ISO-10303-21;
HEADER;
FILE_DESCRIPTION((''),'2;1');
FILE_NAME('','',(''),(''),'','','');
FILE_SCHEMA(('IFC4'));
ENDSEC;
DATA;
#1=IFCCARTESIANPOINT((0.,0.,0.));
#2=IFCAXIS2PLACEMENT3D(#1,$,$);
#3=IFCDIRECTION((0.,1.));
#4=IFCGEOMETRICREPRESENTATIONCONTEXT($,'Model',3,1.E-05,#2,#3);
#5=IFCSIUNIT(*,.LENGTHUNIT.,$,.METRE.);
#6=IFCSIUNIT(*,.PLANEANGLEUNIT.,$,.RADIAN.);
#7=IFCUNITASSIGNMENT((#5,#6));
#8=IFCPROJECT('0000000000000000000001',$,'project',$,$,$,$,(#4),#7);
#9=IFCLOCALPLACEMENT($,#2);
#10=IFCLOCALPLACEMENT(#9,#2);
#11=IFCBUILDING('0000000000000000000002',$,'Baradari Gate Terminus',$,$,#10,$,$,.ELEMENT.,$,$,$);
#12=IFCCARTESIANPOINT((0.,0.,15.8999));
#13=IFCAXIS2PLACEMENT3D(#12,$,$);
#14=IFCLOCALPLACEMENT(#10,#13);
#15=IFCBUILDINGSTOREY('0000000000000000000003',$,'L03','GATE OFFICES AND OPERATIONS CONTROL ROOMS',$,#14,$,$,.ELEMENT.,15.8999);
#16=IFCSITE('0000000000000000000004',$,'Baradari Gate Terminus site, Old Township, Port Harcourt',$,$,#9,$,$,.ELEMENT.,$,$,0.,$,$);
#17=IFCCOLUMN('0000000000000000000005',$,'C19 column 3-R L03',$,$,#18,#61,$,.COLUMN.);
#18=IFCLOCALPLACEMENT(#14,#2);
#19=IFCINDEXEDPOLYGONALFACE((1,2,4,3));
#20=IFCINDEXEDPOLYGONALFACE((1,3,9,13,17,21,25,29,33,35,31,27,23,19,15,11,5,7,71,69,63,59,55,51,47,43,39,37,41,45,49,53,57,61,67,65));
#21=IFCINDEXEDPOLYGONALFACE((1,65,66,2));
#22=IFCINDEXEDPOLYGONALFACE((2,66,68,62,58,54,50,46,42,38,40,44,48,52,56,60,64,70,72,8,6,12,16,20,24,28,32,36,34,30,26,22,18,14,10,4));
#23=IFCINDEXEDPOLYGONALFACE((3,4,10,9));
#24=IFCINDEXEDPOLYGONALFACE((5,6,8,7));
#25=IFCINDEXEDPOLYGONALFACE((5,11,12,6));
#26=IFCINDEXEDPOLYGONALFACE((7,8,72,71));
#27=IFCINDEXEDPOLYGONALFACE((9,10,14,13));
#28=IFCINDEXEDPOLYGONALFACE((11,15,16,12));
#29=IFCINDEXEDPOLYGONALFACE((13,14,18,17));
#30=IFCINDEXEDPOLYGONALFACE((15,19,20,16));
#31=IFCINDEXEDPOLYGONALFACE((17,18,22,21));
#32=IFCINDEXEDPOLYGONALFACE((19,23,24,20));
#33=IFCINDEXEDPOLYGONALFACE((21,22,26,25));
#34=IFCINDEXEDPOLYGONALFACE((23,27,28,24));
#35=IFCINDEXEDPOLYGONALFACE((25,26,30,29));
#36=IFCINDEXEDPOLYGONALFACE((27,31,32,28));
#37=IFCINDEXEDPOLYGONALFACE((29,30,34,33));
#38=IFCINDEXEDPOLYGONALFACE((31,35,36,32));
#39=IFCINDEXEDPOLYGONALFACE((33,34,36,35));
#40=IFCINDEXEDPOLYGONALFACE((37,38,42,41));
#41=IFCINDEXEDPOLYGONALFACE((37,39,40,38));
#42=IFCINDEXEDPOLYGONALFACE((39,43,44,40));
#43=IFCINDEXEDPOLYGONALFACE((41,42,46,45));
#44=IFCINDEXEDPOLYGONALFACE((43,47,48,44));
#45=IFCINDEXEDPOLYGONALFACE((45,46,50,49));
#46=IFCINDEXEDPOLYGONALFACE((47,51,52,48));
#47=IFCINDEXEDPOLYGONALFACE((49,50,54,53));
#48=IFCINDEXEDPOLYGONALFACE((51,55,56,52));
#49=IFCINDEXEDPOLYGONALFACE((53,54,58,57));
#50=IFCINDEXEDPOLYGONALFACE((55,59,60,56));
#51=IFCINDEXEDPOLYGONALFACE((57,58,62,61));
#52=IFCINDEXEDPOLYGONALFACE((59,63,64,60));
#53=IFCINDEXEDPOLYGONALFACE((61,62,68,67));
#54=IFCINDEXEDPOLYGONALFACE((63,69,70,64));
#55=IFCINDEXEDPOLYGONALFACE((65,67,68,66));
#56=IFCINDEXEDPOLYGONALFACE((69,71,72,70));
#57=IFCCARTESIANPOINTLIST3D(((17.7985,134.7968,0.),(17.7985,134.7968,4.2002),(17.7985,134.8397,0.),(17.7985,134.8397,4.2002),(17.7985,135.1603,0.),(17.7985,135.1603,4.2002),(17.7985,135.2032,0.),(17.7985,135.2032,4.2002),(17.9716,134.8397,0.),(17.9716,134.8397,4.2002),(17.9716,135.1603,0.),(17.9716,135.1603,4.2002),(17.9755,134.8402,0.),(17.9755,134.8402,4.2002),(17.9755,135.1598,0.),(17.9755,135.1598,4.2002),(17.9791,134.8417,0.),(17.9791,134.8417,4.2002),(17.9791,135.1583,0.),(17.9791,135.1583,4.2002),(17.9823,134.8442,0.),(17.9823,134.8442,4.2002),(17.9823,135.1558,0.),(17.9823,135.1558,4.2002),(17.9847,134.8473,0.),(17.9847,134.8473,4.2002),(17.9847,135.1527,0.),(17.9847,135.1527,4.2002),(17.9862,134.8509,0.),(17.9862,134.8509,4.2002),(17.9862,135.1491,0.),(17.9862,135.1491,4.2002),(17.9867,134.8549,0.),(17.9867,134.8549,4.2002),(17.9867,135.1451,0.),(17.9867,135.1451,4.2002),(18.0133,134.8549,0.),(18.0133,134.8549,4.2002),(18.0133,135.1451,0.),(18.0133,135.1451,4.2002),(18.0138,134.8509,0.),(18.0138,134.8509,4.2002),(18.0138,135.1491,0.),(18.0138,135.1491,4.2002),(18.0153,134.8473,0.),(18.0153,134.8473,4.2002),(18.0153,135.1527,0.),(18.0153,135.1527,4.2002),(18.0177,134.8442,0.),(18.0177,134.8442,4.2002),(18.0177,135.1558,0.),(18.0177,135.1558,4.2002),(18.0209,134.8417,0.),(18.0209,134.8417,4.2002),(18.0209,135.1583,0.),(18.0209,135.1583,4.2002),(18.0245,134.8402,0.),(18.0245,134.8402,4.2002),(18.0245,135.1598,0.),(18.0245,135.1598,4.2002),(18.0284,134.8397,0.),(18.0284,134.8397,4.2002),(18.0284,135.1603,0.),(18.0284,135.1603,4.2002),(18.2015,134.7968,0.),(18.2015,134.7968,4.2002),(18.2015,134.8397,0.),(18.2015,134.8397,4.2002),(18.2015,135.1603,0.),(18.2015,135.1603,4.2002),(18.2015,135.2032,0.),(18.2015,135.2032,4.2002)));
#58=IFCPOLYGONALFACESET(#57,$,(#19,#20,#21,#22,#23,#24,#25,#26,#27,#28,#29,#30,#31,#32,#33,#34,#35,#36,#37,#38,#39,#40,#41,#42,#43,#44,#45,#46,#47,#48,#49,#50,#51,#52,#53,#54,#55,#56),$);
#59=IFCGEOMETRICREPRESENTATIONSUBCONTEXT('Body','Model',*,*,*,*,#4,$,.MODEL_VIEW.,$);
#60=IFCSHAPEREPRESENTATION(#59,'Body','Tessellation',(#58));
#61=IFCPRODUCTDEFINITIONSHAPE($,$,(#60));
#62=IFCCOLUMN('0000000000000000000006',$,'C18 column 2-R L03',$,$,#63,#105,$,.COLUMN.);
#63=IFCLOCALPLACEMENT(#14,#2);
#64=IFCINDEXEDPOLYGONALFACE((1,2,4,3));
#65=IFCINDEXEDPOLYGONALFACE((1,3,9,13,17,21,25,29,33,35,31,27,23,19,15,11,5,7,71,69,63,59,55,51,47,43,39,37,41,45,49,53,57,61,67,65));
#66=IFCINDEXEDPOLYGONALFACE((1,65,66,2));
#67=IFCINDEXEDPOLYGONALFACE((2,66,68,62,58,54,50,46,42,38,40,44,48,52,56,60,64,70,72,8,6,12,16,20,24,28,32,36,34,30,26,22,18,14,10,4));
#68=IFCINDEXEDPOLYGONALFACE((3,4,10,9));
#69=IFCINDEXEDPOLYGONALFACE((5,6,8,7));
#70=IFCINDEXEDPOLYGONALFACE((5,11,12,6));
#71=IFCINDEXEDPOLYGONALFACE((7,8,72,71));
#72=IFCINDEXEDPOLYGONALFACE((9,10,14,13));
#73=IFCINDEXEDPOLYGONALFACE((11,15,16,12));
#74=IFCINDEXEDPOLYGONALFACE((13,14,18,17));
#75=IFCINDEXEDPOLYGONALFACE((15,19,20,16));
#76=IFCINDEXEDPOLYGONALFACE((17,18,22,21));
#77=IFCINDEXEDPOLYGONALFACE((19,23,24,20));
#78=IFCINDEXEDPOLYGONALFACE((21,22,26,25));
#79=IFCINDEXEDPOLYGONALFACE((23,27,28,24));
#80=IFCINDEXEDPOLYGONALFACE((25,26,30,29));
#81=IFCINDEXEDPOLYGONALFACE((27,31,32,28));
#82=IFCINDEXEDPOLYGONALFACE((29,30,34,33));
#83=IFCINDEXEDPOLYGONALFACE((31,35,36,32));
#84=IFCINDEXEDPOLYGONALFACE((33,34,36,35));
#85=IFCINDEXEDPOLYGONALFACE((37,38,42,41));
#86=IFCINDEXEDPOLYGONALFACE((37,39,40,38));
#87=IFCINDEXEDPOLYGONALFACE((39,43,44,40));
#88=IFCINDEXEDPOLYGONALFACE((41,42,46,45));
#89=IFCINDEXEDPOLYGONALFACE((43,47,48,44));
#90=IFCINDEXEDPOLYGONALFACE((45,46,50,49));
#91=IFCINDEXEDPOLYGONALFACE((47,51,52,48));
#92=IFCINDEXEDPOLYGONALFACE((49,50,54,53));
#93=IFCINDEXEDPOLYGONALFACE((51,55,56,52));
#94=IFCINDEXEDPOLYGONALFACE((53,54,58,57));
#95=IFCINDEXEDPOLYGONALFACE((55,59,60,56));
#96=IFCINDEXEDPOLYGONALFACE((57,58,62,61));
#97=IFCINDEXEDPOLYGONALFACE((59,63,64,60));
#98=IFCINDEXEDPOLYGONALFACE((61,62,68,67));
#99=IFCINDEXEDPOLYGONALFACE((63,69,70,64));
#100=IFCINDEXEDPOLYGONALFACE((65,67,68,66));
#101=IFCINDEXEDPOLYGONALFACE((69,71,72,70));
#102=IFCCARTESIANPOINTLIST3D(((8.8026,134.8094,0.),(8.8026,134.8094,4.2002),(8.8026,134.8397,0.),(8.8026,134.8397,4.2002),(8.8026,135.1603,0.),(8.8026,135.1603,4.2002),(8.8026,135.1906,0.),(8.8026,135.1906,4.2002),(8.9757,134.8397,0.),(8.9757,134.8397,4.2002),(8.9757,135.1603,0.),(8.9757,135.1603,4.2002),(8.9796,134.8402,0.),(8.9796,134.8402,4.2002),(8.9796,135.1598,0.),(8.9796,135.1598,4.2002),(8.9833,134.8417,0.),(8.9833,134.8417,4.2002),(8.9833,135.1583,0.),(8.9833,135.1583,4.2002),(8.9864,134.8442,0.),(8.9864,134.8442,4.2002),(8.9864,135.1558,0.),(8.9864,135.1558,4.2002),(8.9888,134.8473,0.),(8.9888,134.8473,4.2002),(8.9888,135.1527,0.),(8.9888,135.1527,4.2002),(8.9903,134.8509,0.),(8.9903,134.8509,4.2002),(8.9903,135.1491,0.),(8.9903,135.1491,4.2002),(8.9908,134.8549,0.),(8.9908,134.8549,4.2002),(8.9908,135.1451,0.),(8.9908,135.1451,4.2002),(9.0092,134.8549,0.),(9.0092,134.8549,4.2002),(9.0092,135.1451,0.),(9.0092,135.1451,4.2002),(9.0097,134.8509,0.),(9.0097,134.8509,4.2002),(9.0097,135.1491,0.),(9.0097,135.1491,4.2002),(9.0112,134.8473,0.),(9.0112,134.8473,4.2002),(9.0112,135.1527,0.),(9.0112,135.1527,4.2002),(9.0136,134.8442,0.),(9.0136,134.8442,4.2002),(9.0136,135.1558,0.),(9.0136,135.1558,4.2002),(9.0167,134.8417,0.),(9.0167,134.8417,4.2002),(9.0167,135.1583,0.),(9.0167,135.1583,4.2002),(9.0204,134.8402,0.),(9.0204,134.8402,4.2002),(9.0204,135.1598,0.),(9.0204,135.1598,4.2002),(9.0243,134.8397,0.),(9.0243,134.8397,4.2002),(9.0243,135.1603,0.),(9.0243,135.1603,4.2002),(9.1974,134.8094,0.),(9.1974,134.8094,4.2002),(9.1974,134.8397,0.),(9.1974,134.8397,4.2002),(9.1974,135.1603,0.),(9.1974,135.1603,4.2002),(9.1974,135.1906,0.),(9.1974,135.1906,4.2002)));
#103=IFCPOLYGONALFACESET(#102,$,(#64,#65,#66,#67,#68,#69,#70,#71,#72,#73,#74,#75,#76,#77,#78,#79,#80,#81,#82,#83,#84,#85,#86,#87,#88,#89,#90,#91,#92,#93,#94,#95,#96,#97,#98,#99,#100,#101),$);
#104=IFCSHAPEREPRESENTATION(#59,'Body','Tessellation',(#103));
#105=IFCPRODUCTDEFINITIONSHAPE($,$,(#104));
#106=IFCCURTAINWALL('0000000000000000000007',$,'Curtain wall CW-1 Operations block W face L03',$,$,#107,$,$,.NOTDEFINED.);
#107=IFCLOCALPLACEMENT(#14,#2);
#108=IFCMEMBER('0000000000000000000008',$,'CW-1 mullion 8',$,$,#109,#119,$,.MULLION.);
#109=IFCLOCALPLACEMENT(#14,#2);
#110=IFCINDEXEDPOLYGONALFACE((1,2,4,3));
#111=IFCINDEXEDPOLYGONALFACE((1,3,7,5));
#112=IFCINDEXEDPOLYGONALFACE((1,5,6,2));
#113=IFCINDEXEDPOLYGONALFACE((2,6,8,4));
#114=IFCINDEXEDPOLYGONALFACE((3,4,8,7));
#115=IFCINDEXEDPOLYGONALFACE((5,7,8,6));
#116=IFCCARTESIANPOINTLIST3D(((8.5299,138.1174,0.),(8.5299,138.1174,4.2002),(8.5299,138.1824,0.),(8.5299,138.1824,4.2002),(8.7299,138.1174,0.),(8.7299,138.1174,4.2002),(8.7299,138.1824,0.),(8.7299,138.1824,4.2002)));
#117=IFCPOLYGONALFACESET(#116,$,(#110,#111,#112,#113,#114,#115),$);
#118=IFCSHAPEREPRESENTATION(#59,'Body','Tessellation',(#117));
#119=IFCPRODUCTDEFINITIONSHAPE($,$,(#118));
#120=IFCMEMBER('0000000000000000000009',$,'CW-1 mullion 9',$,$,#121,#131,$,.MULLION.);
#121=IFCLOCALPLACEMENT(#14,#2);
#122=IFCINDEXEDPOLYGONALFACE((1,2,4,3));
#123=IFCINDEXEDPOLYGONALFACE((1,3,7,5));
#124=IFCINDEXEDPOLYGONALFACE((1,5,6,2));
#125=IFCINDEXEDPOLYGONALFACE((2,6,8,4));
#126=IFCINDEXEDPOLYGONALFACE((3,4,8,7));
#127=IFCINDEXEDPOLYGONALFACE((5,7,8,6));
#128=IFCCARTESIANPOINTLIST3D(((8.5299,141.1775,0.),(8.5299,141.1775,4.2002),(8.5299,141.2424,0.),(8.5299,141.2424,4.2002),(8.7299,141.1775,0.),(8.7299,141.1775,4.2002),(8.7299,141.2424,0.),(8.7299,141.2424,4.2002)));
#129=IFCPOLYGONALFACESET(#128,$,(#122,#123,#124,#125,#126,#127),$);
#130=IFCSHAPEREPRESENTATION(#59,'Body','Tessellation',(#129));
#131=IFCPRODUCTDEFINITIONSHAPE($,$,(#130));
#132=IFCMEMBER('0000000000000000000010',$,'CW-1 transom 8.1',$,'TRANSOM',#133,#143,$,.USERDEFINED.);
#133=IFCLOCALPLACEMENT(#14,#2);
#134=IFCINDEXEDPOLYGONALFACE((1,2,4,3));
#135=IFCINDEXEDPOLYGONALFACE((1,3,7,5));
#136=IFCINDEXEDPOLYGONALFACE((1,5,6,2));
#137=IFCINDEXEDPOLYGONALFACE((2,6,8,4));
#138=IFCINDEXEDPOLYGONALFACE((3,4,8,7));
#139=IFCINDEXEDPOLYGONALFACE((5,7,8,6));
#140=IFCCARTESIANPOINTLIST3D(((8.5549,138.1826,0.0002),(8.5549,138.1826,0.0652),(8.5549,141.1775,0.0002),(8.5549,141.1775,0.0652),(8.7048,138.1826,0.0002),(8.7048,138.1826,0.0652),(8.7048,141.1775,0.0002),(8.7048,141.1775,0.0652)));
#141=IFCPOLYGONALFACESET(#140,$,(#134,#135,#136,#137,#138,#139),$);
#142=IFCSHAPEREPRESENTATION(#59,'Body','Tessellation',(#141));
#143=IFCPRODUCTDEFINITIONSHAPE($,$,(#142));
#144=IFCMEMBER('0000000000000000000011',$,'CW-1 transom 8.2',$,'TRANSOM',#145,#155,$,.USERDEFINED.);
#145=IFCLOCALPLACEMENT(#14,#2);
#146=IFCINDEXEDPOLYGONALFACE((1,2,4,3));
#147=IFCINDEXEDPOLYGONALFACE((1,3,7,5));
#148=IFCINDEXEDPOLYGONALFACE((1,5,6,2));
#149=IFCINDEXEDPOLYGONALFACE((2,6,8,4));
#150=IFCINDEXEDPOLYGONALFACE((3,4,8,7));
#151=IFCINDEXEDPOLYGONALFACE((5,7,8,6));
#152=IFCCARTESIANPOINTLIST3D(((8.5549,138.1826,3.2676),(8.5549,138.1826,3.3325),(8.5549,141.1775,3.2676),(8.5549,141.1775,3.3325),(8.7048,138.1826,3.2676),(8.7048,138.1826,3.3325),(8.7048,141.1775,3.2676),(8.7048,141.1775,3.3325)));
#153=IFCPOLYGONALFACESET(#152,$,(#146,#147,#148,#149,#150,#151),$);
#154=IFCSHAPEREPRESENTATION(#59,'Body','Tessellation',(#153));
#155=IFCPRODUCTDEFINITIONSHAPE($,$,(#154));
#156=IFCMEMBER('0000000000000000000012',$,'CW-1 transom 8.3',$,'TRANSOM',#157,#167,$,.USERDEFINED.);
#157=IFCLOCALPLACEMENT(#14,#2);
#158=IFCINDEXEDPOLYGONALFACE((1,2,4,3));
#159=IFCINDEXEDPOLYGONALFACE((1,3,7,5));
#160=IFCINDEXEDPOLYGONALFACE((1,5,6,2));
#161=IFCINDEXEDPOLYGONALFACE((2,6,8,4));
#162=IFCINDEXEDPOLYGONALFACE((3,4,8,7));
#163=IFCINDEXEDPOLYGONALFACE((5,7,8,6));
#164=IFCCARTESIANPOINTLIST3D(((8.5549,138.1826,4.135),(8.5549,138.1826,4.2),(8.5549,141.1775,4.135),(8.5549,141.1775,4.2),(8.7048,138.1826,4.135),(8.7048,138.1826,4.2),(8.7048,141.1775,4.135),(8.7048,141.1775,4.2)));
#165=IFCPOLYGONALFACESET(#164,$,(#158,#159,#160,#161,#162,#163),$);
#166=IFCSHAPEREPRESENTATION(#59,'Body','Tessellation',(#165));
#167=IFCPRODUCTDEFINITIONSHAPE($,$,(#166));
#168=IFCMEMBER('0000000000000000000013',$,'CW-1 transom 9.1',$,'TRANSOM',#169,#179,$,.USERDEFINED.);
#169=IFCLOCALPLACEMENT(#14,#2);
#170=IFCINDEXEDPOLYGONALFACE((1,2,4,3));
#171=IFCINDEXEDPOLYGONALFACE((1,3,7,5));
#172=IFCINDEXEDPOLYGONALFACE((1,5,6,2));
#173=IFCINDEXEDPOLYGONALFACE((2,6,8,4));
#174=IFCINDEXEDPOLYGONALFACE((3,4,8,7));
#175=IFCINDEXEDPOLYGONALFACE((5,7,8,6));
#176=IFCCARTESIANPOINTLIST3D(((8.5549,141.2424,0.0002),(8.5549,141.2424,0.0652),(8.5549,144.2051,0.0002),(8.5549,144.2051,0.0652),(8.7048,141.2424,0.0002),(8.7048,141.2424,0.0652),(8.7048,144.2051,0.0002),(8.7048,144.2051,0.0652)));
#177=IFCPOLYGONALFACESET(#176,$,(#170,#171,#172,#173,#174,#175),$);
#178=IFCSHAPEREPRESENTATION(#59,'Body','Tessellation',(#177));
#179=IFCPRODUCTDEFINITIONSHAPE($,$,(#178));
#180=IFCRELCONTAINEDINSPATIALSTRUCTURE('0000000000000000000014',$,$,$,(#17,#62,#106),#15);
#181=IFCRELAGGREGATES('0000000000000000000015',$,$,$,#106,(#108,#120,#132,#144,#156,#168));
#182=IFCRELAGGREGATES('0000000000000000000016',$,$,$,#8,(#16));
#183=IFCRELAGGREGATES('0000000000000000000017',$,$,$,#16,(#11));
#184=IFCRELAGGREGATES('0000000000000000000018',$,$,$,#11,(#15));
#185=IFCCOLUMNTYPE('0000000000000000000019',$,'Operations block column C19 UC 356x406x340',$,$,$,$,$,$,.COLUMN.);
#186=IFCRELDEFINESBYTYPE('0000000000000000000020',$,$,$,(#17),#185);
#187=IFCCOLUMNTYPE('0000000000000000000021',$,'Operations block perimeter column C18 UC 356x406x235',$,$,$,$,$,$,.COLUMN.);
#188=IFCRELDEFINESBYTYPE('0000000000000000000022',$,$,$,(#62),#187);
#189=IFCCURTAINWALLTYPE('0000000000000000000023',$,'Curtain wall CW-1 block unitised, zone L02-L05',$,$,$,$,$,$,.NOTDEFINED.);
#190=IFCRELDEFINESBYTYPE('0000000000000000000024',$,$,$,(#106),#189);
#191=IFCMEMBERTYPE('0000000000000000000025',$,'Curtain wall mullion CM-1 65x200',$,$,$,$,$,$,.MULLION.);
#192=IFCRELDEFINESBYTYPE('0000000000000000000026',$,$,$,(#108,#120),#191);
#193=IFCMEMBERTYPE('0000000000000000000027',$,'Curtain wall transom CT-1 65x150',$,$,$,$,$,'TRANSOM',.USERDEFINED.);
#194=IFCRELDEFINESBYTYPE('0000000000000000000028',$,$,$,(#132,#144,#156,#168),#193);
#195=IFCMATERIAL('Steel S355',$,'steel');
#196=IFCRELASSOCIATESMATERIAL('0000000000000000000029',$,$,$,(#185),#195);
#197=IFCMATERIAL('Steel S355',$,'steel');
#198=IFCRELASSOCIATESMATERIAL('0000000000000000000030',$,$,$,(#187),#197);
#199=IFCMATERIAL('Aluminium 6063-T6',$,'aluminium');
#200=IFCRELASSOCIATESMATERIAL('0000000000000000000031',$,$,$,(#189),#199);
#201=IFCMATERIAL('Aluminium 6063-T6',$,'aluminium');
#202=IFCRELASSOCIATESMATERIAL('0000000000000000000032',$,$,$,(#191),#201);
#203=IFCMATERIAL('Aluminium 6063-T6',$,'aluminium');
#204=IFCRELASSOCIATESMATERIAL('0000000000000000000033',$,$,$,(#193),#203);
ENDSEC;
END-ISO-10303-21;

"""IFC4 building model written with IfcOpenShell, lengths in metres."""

from ifc_helpers import new_model, si_unit, direction, frame, origin, origin_2d, place, context, subcontext, project, spatial, rectangle, i_section, extrude, material, material_profile, profile_set, type_object, element, aggregate, save


model = new_model("IFC4")

# Units and contexts
model_context = context("Model", 3, precision=1e-05, world=origin(), true_north=direction((0.0, 1.0)))
body_context = subcontext(model_context, "Body", "Model", "MODEL_VIEW")
ifc_project = project(units=[si_unit("LENGTHUNIT", "METRE"), si_unit("PLANEANGLEUNIT", "RADIAN")], contexts=[model_context])

# Site, building, storey
site_placement = place(None, origin())
site = spatial("IfcSite", under=ifc_project, at=site_placement, Name="Baradari Gate Terminus site, Old Township, Port Harcourt", CompositionType="ELEMENT", RefElevation=0.0)
building_placement = place(site_placement, origin())
building = spatial("IfcBuilding", under=site, at=building_placement, Name="Baradari Gate Terminus", CompositionType="ELEMENT")
storey_placement = place(building_placement, frame((0.0, 0.0, 15.8999)))
storey = spatial("IfcBuildingStorey", under=building, at=storey_placement, Name="L03", Description="GATE OFFICES AND OPERATIONS CONTROL ROOMS", CompositionType="ELEMENT", Elevation=15.8999)

# Columns
ifc_material_1 = material(Name="Steel S355", Category="steel")
ifc_material_profile_1 = material_profile(ifc_material_1, i_section(OverallWidth=0.4031, OverallDepth=0.4065, WebThickness=0.0266, FlangeThickness=0.043, FilletRadius=0.0151, at=origin_2d()), Name="UC 356x406x340")
ifc_profile_set_1 = profile_set([ifc_material_profile_1], Name="Steel S355")
column_type_1 = type_object("IfcColumnType", Name="Operations block column C19 UC 356x406x340", PredefinedType="COLUMN", material=ifc_profile_set_1)
column_1_placement = place(storey_placement, frame((18.0, 135.0, 0.0), z_axis=(0.0, 0.0, 1.0), x_axis=(1.0, 0.0, 0.0)))
element("IfcColumn", 1, at=column_1_placement, inside=storey, type_object=column_type_1, Name="C19 column 3-R L03", PredefinedType="COLUMN", context=body_context, shape_type="SweptSolid", body=[
    extrude(i_section(OverallWidth=0.4031, OverallDepth=0.4065, WebThickness=0.0266, FlangeThickness=0.043, FilletRadius=0.0151, at=origin_2d()), origin(), (0.0, 0.0, 1.0), 4.2002),
])
ifc_material_2 = material(Name="Steel S355", Category="steel")
ifc_material_profile_2 = material_profile(ifc_material_2, i_section(OverallWidth=0.3948, OverallDepth=0.3811, WebThickness=0.0183, FlangeThickness=0.0303, FilletRadius=0.0151, at=origin_2d()), Name="UC 356x406x235")
ifc_profile_set_2 = profile_set([ifc_material_profile_2], Name="Steel S355")
column_type_2 = type_object("IfcColumnType", Name="Operations block perimeter column C18 UC 356x406x235", PredefinedType="COLUMN", material=ifc_profile_set_2)
column_2_placement = place(storey_placement, frame((9.0, 135.0, 0.0), z_axis=(0.0, 0.0, 1.0), x_axis=(1.0, 0.0, 0.0)))
element("IfcColumn", 2, at=column_2_placement, inside=storey, type_object=column_type_2, Name="C18 column 2-R L03", PredefinedType="COLUMN", context=body_context, shape_type="SweptSolid", body=[
    extrude(i_section(OverallWidth=0.3948, OverallDepth=0.3811, WebThickness=0.0183, FlangeThickness=0.0303, FilletRadius=0.0151, at=origin_2d()), origin(), (0.0, 0.0, 1.0), 4.2002),
])

# Curtain wall, members
ifc_material_3 = material(Name="Aluminium 6063-T6", Category="aluminium")
curtain_wall_type = type_object("IfcCurtainWallType", Name="Curtain wall CW-1 block unitised, zone L02-L05", PredefinedType="NOTDEFINED", material=ifc_material_3)
curtain_wall_placement = place(storey_placement, origin())
curtain_wall = element("IfcCurtainWall", 3, at=curtain_wall_placement, inside=storey, type_object=curtain_wall_type, Name="Curtain wall CW-1 Operations block W face L03", PredefinedType="NOTDEFINED")
ifc_material_4 = material(Name="Aluminium 6063-T6", Category="aluminium")
ifc_material_profile_3 = material_profile(ifc_material_4, rectangle(XDim=0.2, YDim=0.0649, at=origin_2d()), Name="CM-1 65X200")
ifc_profile_set_3 = profile_set([ifc_material_profile_3], Name="Aluminium 6063-T6")
member_type_1 = type_object("IfcMemberType", Name="Curtain wall mullion CM-1 65x200", PredefinedType="MULLION", material=ifc_profile_set_3)
member_1_placement = place(storey_placement, frame((8.6299, 138.1499, 0.0), z_axis=(0.0, 0.0, 1.0), x_axis=(-1.0, 0.0, 0.0)))
member_1 = element("IfcMember", 4, at=member_1_placement, type_object=member_type_1, Name="CW-1 mullion 8", PredefinedType="MULLION", context=body_context, shape_type="SweptSolid", body=[
    extrude(rectangle(XDim=0.2, YDim=0.0649, at=origin_2d()), origin(), (0.0, 0.0, 1.0), 4.2002),
])
member_2_placement = place(storey_placement, frame((8.6299, 141.21, 0.0), z_axis=(0.0, 0.0, 1.0), x_axis=(-1.0, 0.0, 0.0)))
member_2 = element("IfcMember", 5, at=member_2_placement, type_object=member_type_1, Name="CW-1 mullion 9", PredefinedType="MULLION", context=body_context, shape_type="SweptSolid", body=[
    extrude(rectangle(XDim=0.2, YDim=0.0649, at=origin_2d()), origin(), (0.0, 0.0, 1.0), 4.2002),
])
ifc_material_5 = material(Name="Aluminium 6063-T6", Category="aluminium")
ifc_material_profile_4 = material_profile(ifc_material_5, rectangle(XDim=0.1499, YDim=0.0649, at=origin_2d()), Name="CT-1 65X150")
ifc_profile_set_4 = profile_set([ifc_material_profile_4], Name="Aluminium 6063-T6")
member_type_2 = type_object("IfcMemberType", Name="Curtain wall transom CT-1 65x150", ElementType="TRANSOM", PredefinedType="USERDEFINED", material=ifc_profile_set_4)
member_3_placement = place(storey_placement, frame((8.6299, 138.1826, 0.0327), z_axis=(0.0, 1.0, 0.0), x_axis=(-1.0, 0.0, 0.0)))
member_3 = element("IfcMember", 6, at=member_3_placement, type_object=member_type_2, Name="CW-1 transom 8.1", ObjectType="TRANSOM", PredefinedType="USERDEFINED", context=body_context, shape_type="SweptSolid", body=[
    extrude(rectangle(XDim=0.1499, YDim=0.0649, at=origin_2d()), origin(), (0.0, 0.0, 1.0), 2.9949),
])
member_4_placement = place(storey_placement, frame((8.6299, 138.1826, 3.3), z_axis=(0.0, 1.0, 0.0), x_axis=(-1.0, 0.0, 0.0)))
member_4 = element("IfcMember", 7, at=member_4_placement, type_object=member_type_2, Name="CW-1 transom 8.2", ObjectType="TRANSOM", PredefinedType="USERDEFINED", context=body_context, shape_type="SweptSolid", body=[
    extrude(rectangle(XDim=0.1499, YDim=0.0649, at=origin_2d()), origin(), (0.0, 0.0, 1.0), 2.9949),
])
member_5_placement = place(storey_placement, frame((8.6299, 138.1826, 4.1675), z_axis=(0.0, 1.0, 0.0), x_axis=(-1.0, 0.0, 0.0)))
member_5 = element("IfcMember", 8, at=member_5_placement, type_object=member_type_2, Name="CW-1 transom 8.3", ObjectType="TRANSOM", PredefinedType="USERDEFINED", context=body_context, shape_type="SweptSolid", body=[
    extrude(rectangle(XDim=0.1499, YDim=0.0649, at=origin_2d()), origin(), (0.0, 0.0, 1.0), 2.9949),
])
member_6_placement = place(storey_placement, frame((8.6299, 141.2424, 0.0327), z_axis=(0.0, 1.0, 0.0), x_axis=(-1.0, 0.0, 0.0)))
member_6 = element("IfcMember", 9, at=member_6_placement, type_object=member_type_2, Name="CW-1 transom 9.1", ObjectType="TRANSOM", PredefinedType="USERDEFINED", context=body_context, shape_type="SweptSolid", body=[
    extrude(rectangle(XDim=0.1499, YDim=0.0649, at=origin_2d()), origin(), (0.0, 0.0, 1.0), 2.9626),
])

aggregate(curtain_wall, [member_1, member_2, member_3, member_4, member_5, member_6])

save(model, "model.ifc")
